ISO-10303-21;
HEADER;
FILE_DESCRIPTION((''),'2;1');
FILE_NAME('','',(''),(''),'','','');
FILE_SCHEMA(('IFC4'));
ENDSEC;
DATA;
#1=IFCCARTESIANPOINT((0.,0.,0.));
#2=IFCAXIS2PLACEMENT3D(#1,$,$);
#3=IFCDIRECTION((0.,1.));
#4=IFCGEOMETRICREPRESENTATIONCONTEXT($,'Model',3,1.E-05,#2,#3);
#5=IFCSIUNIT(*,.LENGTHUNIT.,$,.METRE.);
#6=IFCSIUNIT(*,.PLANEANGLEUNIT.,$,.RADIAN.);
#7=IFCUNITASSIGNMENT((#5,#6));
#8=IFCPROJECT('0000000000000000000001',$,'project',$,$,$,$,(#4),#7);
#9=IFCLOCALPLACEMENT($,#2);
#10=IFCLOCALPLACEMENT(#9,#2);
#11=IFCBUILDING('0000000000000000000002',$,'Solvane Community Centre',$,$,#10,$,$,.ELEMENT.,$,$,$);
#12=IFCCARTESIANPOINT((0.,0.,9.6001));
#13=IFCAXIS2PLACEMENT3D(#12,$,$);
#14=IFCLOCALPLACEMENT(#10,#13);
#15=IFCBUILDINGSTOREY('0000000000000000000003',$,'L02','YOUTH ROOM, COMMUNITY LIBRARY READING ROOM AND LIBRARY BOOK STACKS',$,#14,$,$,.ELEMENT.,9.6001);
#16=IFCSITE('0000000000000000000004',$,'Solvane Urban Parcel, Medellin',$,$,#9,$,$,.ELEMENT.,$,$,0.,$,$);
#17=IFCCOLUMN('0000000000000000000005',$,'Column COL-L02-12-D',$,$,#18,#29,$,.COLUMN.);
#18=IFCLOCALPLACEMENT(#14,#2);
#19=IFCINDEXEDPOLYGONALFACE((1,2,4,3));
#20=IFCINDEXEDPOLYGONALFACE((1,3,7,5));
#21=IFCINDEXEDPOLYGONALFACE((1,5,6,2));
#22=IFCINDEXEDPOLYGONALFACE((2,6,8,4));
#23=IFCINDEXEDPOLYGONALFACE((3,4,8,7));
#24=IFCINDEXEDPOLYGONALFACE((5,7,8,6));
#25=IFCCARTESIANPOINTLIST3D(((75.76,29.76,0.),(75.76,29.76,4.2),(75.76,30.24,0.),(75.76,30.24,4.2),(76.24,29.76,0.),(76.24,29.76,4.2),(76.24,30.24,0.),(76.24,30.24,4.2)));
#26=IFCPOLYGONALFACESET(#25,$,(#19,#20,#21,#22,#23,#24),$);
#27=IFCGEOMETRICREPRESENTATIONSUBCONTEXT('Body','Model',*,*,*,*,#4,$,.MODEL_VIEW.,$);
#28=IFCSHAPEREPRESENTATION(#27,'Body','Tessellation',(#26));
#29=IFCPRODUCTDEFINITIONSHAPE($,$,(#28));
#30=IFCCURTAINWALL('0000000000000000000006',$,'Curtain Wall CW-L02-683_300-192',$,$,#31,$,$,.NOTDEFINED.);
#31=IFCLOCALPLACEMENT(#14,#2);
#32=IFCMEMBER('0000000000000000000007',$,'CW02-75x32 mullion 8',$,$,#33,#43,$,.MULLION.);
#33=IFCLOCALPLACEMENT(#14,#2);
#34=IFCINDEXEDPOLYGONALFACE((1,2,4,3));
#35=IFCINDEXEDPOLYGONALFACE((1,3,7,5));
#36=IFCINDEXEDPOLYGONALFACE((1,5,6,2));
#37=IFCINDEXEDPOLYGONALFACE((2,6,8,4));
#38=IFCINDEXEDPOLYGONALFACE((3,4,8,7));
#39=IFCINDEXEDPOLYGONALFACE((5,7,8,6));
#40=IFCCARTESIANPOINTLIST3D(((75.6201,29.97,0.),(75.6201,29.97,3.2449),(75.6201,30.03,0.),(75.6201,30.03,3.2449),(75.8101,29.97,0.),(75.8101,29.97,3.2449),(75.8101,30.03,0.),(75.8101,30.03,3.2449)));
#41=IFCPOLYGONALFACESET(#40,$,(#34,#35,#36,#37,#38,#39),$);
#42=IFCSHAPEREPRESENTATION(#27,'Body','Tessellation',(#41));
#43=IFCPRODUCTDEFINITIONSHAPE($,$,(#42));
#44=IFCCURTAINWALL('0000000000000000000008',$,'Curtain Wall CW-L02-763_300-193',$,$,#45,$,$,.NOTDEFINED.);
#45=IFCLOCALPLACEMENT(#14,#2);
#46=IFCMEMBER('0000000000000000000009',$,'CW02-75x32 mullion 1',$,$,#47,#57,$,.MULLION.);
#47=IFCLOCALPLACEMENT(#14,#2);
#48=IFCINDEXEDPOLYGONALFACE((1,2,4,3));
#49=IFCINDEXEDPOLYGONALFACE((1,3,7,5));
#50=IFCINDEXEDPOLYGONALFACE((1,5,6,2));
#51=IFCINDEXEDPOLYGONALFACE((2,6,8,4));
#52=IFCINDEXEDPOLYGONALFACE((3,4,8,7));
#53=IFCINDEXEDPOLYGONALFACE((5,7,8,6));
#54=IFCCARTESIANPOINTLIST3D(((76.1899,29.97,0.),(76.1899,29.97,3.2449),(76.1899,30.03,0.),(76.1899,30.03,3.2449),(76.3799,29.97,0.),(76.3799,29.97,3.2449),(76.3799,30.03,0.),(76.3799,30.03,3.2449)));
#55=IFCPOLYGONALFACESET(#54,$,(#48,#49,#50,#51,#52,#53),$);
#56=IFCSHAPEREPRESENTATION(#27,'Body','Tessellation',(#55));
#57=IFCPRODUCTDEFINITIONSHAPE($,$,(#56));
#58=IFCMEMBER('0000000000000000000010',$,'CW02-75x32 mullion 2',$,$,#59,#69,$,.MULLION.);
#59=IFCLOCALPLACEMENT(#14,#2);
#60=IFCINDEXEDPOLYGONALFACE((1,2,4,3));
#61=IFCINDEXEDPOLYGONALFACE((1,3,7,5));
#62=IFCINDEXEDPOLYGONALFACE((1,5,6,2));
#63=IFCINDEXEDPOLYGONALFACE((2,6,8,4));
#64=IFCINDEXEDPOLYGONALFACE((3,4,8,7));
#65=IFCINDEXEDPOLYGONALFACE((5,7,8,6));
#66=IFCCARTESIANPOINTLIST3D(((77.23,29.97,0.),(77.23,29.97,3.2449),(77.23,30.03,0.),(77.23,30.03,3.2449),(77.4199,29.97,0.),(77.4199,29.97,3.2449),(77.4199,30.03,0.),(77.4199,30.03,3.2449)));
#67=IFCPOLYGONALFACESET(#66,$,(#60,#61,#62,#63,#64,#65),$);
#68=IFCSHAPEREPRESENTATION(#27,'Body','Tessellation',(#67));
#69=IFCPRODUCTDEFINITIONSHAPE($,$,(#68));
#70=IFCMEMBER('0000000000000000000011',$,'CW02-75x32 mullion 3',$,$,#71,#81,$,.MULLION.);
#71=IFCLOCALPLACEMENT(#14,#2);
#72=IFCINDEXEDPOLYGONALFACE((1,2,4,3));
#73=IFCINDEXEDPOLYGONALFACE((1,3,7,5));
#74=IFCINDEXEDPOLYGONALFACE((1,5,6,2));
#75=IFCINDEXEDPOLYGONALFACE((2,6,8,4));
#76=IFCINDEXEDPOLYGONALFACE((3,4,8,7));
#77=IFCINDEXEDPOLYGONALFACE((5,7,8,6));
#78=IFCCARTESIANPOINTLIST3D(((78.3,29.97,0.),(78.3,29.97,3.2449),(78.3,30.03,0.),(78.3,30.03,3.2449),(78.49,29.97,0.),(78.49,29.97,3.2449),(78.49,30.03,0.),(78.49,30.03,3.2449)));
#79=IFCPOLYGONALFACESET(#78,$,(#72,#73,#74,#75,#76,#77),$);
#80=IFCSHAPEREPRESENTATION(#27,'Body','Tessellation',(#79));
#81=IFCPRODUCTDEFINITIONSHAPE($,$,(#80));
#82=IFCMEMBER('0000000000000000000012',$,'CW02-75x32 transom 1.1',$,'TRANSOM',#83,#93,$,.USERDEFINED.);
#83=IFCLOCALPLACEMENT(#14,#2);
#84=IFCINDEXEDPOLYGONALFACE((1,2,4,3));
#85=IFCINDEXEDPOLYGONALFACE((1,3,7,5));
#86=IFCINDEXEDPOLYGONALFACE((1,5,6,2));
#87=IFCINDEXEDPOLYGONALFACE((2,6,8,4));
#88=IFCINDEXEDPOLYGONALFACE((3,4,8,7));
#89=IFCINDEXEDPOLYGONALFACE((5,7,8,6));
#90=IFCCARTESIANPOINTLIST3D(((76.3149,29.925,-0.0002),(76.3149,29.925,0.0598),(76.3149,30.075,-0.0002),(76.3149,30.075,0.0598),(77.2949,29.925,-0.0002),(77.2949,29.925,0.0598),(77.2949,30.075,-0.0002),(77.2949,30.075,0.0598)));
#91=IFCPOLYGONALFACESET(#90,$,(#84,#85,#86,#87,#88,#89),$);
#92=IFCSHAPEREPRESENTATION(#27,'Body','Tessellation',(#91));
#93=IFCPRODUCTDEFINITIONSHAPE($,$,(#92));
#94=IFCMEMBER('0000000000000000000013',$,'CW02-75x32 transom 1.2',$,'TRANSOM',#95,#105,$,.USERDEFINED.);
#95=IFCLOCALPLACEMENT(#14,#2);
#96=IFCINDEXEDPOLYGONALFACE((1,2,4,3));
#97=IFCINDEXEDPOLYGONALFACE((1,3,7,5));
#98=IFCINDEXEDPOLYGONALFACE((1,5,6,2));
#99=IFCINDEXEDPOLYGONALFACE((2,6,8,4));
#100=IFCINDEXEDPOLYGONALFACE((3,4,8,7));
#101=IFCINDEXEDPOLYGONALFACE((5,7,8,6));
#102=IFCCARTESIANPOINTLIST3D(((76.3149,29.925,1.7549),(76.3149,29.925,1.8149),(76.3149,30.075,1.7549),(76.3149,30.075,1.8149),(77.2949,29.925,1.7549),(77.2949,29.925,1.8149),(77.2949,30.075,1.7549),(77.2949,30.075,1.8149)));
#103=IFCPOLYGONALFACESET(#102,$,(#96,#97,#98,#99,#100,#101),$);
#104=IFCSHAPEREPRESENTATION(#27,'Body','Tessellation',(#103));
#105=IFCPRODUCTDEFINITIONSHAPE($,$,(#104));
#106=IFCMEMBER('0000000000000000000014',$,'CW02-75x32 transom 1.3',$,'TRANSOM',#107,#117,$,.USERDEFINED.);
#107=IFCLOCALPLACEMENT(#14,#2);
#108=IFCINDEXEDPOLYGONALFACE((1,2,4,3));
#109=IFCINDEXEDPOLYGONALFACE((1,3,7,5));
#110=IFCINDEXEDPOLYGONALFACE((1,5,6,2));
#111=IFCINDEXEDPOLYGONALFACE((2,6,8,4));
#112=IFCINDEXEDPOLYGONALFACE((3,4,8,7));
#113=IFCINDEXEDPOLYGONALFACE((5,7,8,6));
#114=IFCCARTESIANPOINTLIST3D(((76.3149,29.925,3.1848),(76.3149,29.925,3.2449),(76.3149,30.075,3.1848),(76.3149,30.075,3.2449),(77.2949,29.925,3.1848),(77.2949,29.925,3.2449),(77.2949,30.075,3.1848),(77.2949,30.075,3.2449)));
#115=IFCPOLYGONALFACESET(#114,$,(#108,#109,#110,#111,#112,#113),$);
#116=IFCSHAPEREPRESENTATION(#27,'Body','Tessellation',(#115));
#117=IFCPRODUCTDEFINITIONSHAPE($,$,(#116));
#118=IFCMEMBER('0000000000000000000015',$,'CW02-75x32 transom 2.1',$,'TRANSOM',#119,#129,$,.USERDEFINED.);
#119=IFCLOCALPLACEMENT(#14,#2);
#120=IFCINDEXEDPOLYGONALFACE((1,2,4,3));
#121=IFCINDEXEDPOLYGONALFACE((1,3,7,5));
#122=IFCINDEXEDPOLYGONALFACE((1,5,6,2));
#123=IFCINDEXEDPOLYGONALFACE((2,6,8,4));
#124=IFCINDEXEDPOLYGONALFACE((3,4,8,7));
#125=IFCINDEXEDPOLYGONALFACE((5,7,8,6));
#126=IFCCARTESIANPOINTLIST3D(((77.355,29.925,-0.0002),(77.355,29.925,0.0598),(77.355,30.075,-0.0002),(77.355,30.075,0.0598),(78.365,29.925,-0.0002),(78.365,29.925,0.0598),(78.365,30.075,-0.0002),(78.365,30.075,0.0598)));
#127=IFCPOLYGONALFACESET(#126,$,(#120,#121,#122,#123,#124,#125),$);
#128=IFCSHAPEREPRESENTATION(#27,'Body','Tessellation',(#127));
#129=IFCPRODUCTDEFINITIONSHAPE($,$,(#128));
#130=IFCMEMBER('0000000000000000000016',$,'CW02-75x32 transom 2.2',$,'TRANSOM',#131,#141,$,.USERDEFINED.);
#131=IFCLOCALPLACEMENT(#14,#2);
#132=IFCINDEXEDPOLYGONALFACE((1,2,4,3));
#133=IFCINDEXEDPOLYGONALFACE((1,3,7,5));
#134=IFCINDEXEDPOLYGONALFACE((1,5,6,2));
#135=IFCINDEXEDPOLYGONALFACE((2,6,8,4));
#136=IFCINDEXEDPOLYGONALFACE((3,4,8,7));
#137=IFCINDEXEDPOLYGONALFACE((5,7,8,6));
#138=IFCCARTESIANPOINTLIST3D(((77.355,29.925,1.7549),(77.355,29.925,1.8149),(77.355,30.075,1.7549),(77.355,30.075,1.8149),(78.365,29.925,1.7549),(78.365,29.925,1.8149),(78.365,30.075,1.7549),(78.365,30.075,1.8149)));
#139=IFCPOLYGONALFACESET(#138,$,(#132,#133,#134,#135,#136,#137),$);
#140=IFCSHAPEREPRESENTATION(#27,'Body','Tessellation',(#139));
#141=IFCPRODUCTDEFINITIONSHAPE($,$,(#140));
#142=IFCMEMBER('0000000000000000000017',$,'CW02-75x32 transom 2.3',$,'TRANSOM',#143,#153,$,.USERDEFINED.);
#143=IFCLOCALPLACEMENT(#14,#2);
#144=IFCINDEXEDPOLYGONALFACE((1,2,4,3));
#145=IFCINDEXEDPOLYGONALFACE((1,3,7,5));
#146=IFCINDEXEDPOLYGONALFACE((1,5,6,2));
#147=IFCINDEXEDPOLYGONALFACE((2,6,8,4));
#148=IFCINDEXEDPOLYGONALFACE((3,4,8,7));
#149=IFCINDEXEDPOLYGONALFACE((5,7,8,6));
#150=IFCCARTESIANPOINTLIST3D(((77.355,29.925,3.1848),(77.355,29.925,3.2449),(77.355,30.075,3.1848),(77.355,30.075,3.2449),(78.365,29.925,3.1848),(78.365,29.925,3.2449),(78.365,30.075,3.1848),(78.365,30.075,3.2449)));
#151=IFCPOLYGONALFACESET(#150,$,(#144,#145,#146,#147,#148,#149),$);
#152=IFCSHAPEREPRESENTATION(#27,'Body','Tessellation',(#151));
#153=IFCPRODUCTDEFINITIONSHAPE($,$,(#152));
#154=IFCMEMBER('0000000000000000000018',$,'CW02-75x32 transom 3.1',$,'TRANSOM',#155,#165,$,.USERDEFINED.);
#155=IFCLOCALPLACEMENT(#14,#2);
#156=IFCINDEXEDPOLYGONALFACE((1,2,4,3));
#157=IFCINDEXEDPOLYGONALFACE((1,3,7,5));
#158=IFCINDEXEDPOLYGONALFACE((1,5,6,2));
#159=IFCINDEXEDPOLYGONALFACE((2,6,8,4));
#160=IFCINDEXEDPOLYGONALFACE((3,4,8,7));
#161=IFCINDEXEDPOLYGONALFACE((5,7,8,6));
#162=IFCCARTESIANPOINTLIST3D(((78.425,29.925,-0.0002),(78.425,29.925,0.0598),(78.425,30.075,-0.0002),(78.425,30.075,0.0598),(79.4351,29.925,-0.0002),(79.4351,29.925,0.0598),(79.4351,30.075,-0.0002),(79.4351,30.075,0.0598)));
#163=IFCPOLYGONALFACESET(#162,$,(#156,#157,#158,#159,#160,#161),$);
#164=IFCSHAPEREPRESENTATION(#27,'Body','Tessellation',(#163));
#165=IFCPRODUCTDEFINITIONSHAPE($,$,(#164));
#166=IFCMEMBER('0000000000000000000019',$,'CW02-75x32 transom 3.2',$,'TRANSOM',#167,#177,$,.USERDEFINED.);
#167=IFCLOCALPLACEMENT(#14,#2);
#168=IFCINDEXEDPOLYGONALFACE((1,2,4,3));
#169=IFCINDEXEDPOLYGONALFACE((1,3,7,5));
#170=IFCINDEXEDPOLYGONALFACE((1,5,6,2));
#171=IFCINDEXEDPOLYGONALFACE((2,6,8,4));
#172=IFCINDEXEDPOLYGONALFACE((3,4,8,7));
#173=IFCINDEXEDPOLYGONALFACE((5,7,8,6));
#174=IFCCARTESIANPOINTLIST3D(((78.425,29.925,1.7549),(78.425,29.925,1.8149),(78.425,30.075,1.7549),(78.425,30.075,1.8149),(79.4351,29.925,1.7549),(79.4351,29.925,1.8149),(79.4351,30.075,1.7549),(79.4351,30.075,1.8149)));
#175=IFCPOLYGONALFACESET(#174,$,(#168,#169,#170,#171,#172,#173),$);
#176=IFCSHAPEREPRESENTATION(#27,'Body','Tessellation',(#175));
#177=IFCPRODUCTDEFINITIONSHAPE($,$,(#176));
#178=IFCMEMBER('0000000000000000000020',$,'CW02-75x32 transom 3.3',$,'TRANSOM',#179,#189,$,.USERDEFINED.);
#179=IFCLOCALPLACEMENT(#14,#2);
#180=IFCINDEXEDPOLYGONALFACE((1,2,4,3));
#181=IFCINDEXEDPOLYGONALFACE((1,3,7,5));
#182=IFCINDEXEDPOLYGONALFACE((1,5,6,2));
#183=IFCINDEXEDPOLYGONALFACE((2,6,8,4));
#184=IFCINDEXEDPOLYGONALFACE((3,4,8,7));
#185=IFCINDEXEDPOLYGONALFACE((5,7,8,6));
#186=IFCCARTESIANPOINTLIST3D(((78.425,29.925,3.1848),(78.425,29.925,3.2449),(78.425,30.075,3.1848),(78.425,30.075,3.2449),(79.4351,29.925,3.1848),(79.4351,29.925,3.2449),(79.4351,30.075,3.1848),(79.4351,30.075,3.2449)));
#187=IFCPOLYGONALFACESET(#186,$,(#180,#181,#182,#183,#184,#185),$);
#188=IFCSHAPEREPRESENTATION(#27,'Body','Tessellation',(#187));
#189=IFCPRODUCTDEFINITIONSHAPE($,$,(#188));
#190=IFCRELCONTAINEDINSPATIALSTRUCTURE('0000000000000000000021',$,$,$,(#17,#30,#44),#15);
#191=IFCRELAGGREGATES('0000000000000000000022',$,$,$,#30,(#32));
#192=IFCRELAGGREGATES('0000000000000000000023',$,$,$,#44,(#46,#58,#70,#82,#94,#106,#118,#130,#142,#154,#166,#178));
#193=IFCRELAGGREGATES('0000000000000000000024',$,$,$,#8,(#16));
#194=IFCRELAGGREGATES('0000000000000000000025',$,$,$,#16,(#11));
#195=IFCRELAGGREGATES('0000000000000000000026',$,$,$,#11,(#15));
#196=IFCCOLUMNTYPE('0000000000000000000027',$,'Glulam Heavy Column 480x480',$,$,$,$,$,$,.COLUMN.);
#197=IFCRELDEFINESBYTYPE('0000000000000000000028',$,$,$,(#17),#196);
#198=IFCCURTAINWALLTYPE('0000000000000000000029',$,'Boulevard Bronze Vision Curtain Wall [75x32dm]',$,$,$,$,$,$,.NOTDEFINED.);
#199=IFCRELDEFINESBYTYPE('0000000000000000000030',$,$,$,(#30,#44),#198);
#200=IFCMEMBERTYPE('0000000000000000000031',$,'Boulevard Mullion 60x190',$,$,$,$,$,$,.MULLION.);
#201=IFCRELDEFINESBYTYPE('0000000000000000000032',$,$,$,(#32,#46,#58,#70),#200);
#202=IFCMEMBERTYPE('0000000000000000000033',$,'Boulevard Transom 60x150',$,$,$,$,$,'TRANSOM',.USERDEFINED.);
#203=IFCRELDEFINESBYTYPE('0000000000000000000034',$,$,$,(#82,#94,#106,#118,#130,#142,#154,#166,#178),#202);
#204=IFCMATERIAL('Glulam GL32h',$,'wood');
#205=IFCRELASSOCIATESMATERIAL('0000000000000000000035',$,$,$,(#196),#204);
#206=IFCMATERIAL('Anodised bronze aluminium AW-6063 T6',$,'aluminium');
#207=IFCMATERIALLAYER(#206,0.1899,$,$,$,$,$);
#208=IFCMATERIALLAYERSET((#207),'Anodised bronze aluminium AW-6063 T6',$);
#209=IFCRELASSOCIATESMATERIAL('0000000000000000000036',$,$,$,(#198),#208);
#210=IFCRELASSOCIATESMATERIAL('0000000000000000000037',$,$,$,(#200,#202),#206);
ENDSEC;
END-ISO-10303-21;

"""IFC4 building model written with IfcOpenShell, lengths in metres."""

from ifc_helpers import new_model, si_unit, direction, frame, origin, origin_2d, place, context, subcontext, project, spatial, rectangle, extrude, material, layer, layer_set, material_profile, profile_set, type_object, element, aggregate, save


model = new_model("IFC4")

# Units and contexts
model_context = context("Model", 3, precision=1e-05, world=origin(), true_north=direction((0.0, 1.0)))
body_context = subcontext(model_context, "Body", "Model", "MODEL_VIEW")
ifc_project = project(units=[si_unit("LENGTHUNIT", "METRE"), si_unit("PLANEANGLEUNIT", "RADIAN")], contexts=[model_context])

# Site, building, storey
site_placement = place(None, origin())
site = spatial("IfcSite", under=ifc_project, at=site_placement, Name="Solvane Urban Parcel, Medellin", CompositionType="ELEMENT", RefElevation=0.0)
building_placement = place(site_placement, origin())
building = spatial("IfcBuilding", under=site, at=building_placement, Name="Solvane Community Centre", CompositionType="ELEMENT")
storey_placement = place(building_placement, frame((0.0, 0.0, 9.6001)))
storey = spatial("IfcBuildingStorey", under=building, at=storey_placement, Name="L02", Description="YOUTH ROOM, COMMUNITY LIBRARY READING ROOM AND LIBRARY BOOK STACKS", CompositionType="ELEMENT", Elevation=9.6001)

# Column
ifc_material_1 = material(Name="Glulam GL32h", Category="wood")
ifc_material_profile_1 = material_profile(ifc_material_1, rectangle(XDim=0.48, YDim=0.48, at=origin_2d()), Name="GL32h 480x480")
ifc_profile_set_1 = profile_set([ifc_material_profile_1], Name="Glulam GL32h")
column_type = type_object("IfcColumnType", Name="Glulam Heavy Column 480x480", PredefinedType="COLUMN", material=ifc_profile_set_1)
column_placement = place(storey_placement, frame((76.0, 30.0, 0.0), z_axis=(0.0, 0.0, 1.0), x_axis=(1.0, 0.0, 0.0)))
element("IfcColumn", 1, at=column_placement, inside=storey, type_object=column_type, Name="Column COL-L02-12-D", PredefinedType="COLUMN", context=body_context, shape_type="SweptSolid", body=[
    extrude(rectangle(XDim=0.48, YDim=0.48, at=origin_2d()), origin(), (0.0, 0.0, 1.0), 4.2),
])

# Curtain wall, member
ifc_material_2 = material(Name="Anodised bronze aluminium AW-6063 T6", Category="aluminium")
ifc_layer_1 = layer(ifc_material_2, 0.1899)
ifc_layer_set_1 = layer_set([ifc_layer_1], Name="Anodised bronze aluminium AW-6063 T6")
curtain_wall_type = type_object("IfcCurtainWallType", Name="Boulevard Bronze Vision Curtain Wall [75x32dm]", PredefinedType="NOTDEFINED", material=ifc_layer_set_1)
curtain_wall_1_placement = place(storey_placement, origin())
curtain_wall_1 = element("IfcCurtainWall", 2, at=curtain_wall_1_placement, inside=storey, type_object=curtain_wall_type, Name="Curtain Wall CW-L02-683_300-192", PredefinedType="NOTDEFINED")
ifc_material_profile_2 = material_profile(ifc_material_2, rectangle(XDim=0.0601, YDim=0.1899, at=origin_2d()), Name="CW-M 60x190")
ifc_profile_set_2 = profile_set([ifc_material_profile_2], Name="Anodised bronze aluminium AW-6063 T6")
member_type_1 = type_object("IfcMemberType", Name="Boulevard Mullion 60x190", PredefinedType="MULLION", material=ifc_profile_set_2)
member_1_placement = place(storey_placement, frame((75.7151, 30.0, 0.0), z_axis=(0.0, 0.0, 1.0), x_axis=(0.0, 1.0, 0.0)))
member_1 = element("IfcMember", 3, at=member_1_placement, type_object=member_type_1, Name="CW02-75x32 mullion 8", PredefinedType="MULLION", context=body_context, shape_type="SweptSolid", body=[
    extrude(rectangle(XDim=0.0601, YDim=0.1899, at=origin_2d()), origin(), (0.0, 0.0, 1.0), 3.2449),
])

# Curtain wall, members
curtain_wall_2_placement = place(storey_placement, origin())
curtain_wall_2 = element("IfcCurtainWall", 4, at=curtain_wall_2_placement, inside=storey, type_object=curtain_wall_type, Name="Curtain Wall CW-L02-763_300-193", PredefinedType="NOTDEFINED")
member_2_placement = place(storey_placement, frame((76.2849, 30.0, 0.0), z_axis=(0.0, 0.0, 1.0), x_axis=(0.0, 1.0, 0.0)))
member_2 = element("IfcMember", 5, at=member_2_placement, type_object=member_type_1, Name="CW02-75x32 mullion 1", PredefinedType="MULLION", context=body_context, shape_type="SweptSolid", body=[
    extrude(rectangle(XDim=0.0601, YDim=0.1899, at=origin_2d()), origin(), (0.0, 0.0, 1.0), 3.2449),
])
member_3_placement = place(storey_placement, frame((77.325, 30.0, 0.0), z_axis=(0.0, 0.0, 1.0), x_axis=(0.0, 1.0, 0.0)))
member_3 = element("IfcMember", 6, at=member_3_placement, type_object=member_type_1, Name="CW02-75x32 mullion 2", PredefinedType="MULLION", context=body_context, shape_type="SweptSolid", body=[
    extrude(rectangle(XDim=0.0601, YDim=0.1899, at=origin_2d()), origin(), (0.0, 0.0, 1.0), 3.2449),
])
member_4_placement = place(storey_placement, frame((78.395, 30.0, 0.0), z_axis=(0.0, 0.0, 1.0), x_axis=(0.0, 1.0, 0.0)))
member_4 = element("IfcMember", 7, at=member_4_placement, type_object=member_type_1, Name="CW02-75x32 mullion 3", PredefinedType="MULLION", context=body_context, shape_type="SweptSolid", body=[
    extrude(rectangle(XDim=0.0601, YDim=0.1899, at=origin_2d()), origin(), (0.0, 0.0, 1.0), 3.2449),
])
ifc_material_profile_3 = material_profile(ifc_material_2, rectangle(XDim=0.1499, YDim=0.0601, at=origin_2d()), Name="CW-T 60x150")
ifc_profile_set_3 = profile_set([ifc_material_profile_3], Name="Anodised bronze aluminium AW-6063 T6")
member_type_2 = type_object("IfcMemberType", Name="Boulevard Transom 60x150", ElementType="TRANSOM", PredefinedType="USERDEFINED", material=ifc_profile_set_3)
member_5_placement = place(storey_placement, frame((76.3149, 30.0, 0.0298), z_axis=(1.0, 0.0, 0.0), x_axis=(0.0, 1.0, 0.0)))
member_5 = element("IfcMember", 8, at=member_5_placement, type_object=member_type_2, Name="CW02-75x32 transom 1.1", ObjectType="TRANSOM", PredefinedType="USERDEFINED", context=body_context, shape_type="SweptSolid", body=[
    extrude(rectangle(XDim=0.1499, YDim=0.0601, at=origin_2d()), origin(), (0.0, 0.0, 1.0), 0.98),
])
member_6_placement = place(storey_placement, frame((76.3149, 30.0, 1.7849), z_axis=(1.0, 0.0, 0.0), x_axis=(0.0, 1.0, 0.0)))
member_6 = element("IfcMember", 9, at=member_6_placement, type_object=member_type_2, Name="CW02-75x32 transom 1.2", ObjectType="TRANSOM", PredefinedType="USERDEFINED", context=body_context, shape_type="SweptSolid", body=[
    extrude(rectangle(XDim=0.1499, YDim=0.0601, at=origin_2d()), origin(), (0.0, 0.0, 1.0), 0.98),
])
member_7_placement = place(storey_placement, frame((76.3149, 30.0, 3.2148), z_axis=(1.0, 0.0, 0.0), x_axis=(0.0, 1.0, 0.0)))
member_7 = element("IfcMember", 10, at=member_7_placement, type_object=member_type_2, Name="CW02-75x32 transom 1.3", ObjectType="TRANSOM", PredefinedType="USERDEFINED", context=body_context, shape_type="SweptSolid", body=[
    extrude(rectangle(XDim=0.1499, YDim=0.0601, at=origin_2d()), origin(), (0.0, 0.0, 1.0), 0.98),
])
member_8_placement = place(storey_placement, frame((77.355, 30.0, 0.0298), z_axis=(1.0, 0.0, 0.0), x_axis=(0.0, 1.0, 0.0)))
member_8 = element("IfcMember", 11, at=member_8_placement, type_object=member_type_2, Name="CW02-75x32 transom 2.1", ObjectType="TRANSOM", PredefinedType="USERDEFINED", context=body_context, shape_type="SweptSolid", body=[
    extrude(rectangle(XDim=0.1499, YDim=0.0601, at=origin_2d()), origin(), (0.0, 0.0, 1.0), 1.01),
])
member_9_placement = place(storey_placement, frame((77.355, 30.0, 1.7849), z_axis=(1.0, 0.0, 0.0), x_axis=(0.0, 1.0, 0.0)))
member_9 = element("IfcMember", 12, at=member_9_placement, type_object=member_type_2, Name="CW02-75x32 transom 2.2", ObjectType="TRANSOM", PredefinedType="USERDEFINED", context=body_context, shape_type="SweptSolid", body=[
    extrude(rectangle(XDim=0.1499, YDim=0.0601, at=origin_2d()), origin(), (0.0, 0.0, 1.0), 1.01),
])
member_10_placement = place(storey_placement, frame((77.355, 30.0, 3.2148), z_axis=(1.0, 0.0, 0.0), x_axis=(0.0, 1.0, 0.0)))
member_10 = element("IfcMember", 13, at=member_10_placement, type_object=member_type_2, Name="CW02-75x32 transom 2.3", ObjectType="TRANSOM", PredefinedType="USERDEFINED", context=body_context, shape_type="SweptSolid", body=[
    extrude(rectangle(XDim=0.1499, YDim=0.0601, at=origin_2d()), origin(), (0.0, 0.0, 1.0), 1.01),
])
member_11_placement = place(storey_placement, frame((78.425, 30.0, 0.0298), z_axis=(1.0, 0.0, 0.0), x_axis=(0.0, 1.0, 0.0)))
member_11 = element("IfcMember", 14, at=member_11_placement, type_object=member_type_2, Name="CW02-75x32 transom 3.1", ObjectType="TRANSOM", PredefinedType="USERDEFINED", context=body_context, shape_type="SweptSolid", body=[
    extrude(rectangle(XDim=0.1499, YDim=0.0601, at=origin_2d()), origin(), (0.0, 0.0, 1.0), 1.01),
])
member_12_placement = place(storey_placement, frame((78.425, 30.0, 1.7849), z_axis=(1.0, 0.0, 0.0), x_axis=(0.0, 1.0, 0.0)))
member_12 = element("IfcMember", 15, at=member_12_placement, type_object=member_type_2, Name="CW02-75x32 transom 3.2", ObjectType="TRANSOM", PredefinedType="USERDEFINED", context=body_context, shape_type="SweptSolid", body=[
    extrude(rectangle(XDim=0.1499, YDim=0.0601, at=origin_2d()), origin(), (0.0, 0.0, 1.0), 1.01),
])
member_13_placement = place(storey_placement, frame((78.425, 30.0, 3.2148), z_axis=(1.0, 0.0, 0.0), x_axis=(0.0, 1.0, 0.0)))
member_13 = element("IfcMember", 16, at=member_13_placement, type_object=member_type_2, Name="CW02-75x32 transom 3.3", ObjectType="TRANSOM", PredefinedType="USERDEFINED", context=body_context, shape_type="SweptSolid", body=[
    extrude(rectangle(XDim=0.1499, YDim=0.0601, at=origin_2d()), origin(), (0.0, 0.0, 1.0), 1.01),
])

aggregate(curtain_wall_1, [member_1])
aggregate(curtain_wall_2, [member_2, member_3, member_4, member_5, member_6, member_7, member_8, member_9, member_10, member_11, member_12, member_13])

save(model, "model.ifc")
